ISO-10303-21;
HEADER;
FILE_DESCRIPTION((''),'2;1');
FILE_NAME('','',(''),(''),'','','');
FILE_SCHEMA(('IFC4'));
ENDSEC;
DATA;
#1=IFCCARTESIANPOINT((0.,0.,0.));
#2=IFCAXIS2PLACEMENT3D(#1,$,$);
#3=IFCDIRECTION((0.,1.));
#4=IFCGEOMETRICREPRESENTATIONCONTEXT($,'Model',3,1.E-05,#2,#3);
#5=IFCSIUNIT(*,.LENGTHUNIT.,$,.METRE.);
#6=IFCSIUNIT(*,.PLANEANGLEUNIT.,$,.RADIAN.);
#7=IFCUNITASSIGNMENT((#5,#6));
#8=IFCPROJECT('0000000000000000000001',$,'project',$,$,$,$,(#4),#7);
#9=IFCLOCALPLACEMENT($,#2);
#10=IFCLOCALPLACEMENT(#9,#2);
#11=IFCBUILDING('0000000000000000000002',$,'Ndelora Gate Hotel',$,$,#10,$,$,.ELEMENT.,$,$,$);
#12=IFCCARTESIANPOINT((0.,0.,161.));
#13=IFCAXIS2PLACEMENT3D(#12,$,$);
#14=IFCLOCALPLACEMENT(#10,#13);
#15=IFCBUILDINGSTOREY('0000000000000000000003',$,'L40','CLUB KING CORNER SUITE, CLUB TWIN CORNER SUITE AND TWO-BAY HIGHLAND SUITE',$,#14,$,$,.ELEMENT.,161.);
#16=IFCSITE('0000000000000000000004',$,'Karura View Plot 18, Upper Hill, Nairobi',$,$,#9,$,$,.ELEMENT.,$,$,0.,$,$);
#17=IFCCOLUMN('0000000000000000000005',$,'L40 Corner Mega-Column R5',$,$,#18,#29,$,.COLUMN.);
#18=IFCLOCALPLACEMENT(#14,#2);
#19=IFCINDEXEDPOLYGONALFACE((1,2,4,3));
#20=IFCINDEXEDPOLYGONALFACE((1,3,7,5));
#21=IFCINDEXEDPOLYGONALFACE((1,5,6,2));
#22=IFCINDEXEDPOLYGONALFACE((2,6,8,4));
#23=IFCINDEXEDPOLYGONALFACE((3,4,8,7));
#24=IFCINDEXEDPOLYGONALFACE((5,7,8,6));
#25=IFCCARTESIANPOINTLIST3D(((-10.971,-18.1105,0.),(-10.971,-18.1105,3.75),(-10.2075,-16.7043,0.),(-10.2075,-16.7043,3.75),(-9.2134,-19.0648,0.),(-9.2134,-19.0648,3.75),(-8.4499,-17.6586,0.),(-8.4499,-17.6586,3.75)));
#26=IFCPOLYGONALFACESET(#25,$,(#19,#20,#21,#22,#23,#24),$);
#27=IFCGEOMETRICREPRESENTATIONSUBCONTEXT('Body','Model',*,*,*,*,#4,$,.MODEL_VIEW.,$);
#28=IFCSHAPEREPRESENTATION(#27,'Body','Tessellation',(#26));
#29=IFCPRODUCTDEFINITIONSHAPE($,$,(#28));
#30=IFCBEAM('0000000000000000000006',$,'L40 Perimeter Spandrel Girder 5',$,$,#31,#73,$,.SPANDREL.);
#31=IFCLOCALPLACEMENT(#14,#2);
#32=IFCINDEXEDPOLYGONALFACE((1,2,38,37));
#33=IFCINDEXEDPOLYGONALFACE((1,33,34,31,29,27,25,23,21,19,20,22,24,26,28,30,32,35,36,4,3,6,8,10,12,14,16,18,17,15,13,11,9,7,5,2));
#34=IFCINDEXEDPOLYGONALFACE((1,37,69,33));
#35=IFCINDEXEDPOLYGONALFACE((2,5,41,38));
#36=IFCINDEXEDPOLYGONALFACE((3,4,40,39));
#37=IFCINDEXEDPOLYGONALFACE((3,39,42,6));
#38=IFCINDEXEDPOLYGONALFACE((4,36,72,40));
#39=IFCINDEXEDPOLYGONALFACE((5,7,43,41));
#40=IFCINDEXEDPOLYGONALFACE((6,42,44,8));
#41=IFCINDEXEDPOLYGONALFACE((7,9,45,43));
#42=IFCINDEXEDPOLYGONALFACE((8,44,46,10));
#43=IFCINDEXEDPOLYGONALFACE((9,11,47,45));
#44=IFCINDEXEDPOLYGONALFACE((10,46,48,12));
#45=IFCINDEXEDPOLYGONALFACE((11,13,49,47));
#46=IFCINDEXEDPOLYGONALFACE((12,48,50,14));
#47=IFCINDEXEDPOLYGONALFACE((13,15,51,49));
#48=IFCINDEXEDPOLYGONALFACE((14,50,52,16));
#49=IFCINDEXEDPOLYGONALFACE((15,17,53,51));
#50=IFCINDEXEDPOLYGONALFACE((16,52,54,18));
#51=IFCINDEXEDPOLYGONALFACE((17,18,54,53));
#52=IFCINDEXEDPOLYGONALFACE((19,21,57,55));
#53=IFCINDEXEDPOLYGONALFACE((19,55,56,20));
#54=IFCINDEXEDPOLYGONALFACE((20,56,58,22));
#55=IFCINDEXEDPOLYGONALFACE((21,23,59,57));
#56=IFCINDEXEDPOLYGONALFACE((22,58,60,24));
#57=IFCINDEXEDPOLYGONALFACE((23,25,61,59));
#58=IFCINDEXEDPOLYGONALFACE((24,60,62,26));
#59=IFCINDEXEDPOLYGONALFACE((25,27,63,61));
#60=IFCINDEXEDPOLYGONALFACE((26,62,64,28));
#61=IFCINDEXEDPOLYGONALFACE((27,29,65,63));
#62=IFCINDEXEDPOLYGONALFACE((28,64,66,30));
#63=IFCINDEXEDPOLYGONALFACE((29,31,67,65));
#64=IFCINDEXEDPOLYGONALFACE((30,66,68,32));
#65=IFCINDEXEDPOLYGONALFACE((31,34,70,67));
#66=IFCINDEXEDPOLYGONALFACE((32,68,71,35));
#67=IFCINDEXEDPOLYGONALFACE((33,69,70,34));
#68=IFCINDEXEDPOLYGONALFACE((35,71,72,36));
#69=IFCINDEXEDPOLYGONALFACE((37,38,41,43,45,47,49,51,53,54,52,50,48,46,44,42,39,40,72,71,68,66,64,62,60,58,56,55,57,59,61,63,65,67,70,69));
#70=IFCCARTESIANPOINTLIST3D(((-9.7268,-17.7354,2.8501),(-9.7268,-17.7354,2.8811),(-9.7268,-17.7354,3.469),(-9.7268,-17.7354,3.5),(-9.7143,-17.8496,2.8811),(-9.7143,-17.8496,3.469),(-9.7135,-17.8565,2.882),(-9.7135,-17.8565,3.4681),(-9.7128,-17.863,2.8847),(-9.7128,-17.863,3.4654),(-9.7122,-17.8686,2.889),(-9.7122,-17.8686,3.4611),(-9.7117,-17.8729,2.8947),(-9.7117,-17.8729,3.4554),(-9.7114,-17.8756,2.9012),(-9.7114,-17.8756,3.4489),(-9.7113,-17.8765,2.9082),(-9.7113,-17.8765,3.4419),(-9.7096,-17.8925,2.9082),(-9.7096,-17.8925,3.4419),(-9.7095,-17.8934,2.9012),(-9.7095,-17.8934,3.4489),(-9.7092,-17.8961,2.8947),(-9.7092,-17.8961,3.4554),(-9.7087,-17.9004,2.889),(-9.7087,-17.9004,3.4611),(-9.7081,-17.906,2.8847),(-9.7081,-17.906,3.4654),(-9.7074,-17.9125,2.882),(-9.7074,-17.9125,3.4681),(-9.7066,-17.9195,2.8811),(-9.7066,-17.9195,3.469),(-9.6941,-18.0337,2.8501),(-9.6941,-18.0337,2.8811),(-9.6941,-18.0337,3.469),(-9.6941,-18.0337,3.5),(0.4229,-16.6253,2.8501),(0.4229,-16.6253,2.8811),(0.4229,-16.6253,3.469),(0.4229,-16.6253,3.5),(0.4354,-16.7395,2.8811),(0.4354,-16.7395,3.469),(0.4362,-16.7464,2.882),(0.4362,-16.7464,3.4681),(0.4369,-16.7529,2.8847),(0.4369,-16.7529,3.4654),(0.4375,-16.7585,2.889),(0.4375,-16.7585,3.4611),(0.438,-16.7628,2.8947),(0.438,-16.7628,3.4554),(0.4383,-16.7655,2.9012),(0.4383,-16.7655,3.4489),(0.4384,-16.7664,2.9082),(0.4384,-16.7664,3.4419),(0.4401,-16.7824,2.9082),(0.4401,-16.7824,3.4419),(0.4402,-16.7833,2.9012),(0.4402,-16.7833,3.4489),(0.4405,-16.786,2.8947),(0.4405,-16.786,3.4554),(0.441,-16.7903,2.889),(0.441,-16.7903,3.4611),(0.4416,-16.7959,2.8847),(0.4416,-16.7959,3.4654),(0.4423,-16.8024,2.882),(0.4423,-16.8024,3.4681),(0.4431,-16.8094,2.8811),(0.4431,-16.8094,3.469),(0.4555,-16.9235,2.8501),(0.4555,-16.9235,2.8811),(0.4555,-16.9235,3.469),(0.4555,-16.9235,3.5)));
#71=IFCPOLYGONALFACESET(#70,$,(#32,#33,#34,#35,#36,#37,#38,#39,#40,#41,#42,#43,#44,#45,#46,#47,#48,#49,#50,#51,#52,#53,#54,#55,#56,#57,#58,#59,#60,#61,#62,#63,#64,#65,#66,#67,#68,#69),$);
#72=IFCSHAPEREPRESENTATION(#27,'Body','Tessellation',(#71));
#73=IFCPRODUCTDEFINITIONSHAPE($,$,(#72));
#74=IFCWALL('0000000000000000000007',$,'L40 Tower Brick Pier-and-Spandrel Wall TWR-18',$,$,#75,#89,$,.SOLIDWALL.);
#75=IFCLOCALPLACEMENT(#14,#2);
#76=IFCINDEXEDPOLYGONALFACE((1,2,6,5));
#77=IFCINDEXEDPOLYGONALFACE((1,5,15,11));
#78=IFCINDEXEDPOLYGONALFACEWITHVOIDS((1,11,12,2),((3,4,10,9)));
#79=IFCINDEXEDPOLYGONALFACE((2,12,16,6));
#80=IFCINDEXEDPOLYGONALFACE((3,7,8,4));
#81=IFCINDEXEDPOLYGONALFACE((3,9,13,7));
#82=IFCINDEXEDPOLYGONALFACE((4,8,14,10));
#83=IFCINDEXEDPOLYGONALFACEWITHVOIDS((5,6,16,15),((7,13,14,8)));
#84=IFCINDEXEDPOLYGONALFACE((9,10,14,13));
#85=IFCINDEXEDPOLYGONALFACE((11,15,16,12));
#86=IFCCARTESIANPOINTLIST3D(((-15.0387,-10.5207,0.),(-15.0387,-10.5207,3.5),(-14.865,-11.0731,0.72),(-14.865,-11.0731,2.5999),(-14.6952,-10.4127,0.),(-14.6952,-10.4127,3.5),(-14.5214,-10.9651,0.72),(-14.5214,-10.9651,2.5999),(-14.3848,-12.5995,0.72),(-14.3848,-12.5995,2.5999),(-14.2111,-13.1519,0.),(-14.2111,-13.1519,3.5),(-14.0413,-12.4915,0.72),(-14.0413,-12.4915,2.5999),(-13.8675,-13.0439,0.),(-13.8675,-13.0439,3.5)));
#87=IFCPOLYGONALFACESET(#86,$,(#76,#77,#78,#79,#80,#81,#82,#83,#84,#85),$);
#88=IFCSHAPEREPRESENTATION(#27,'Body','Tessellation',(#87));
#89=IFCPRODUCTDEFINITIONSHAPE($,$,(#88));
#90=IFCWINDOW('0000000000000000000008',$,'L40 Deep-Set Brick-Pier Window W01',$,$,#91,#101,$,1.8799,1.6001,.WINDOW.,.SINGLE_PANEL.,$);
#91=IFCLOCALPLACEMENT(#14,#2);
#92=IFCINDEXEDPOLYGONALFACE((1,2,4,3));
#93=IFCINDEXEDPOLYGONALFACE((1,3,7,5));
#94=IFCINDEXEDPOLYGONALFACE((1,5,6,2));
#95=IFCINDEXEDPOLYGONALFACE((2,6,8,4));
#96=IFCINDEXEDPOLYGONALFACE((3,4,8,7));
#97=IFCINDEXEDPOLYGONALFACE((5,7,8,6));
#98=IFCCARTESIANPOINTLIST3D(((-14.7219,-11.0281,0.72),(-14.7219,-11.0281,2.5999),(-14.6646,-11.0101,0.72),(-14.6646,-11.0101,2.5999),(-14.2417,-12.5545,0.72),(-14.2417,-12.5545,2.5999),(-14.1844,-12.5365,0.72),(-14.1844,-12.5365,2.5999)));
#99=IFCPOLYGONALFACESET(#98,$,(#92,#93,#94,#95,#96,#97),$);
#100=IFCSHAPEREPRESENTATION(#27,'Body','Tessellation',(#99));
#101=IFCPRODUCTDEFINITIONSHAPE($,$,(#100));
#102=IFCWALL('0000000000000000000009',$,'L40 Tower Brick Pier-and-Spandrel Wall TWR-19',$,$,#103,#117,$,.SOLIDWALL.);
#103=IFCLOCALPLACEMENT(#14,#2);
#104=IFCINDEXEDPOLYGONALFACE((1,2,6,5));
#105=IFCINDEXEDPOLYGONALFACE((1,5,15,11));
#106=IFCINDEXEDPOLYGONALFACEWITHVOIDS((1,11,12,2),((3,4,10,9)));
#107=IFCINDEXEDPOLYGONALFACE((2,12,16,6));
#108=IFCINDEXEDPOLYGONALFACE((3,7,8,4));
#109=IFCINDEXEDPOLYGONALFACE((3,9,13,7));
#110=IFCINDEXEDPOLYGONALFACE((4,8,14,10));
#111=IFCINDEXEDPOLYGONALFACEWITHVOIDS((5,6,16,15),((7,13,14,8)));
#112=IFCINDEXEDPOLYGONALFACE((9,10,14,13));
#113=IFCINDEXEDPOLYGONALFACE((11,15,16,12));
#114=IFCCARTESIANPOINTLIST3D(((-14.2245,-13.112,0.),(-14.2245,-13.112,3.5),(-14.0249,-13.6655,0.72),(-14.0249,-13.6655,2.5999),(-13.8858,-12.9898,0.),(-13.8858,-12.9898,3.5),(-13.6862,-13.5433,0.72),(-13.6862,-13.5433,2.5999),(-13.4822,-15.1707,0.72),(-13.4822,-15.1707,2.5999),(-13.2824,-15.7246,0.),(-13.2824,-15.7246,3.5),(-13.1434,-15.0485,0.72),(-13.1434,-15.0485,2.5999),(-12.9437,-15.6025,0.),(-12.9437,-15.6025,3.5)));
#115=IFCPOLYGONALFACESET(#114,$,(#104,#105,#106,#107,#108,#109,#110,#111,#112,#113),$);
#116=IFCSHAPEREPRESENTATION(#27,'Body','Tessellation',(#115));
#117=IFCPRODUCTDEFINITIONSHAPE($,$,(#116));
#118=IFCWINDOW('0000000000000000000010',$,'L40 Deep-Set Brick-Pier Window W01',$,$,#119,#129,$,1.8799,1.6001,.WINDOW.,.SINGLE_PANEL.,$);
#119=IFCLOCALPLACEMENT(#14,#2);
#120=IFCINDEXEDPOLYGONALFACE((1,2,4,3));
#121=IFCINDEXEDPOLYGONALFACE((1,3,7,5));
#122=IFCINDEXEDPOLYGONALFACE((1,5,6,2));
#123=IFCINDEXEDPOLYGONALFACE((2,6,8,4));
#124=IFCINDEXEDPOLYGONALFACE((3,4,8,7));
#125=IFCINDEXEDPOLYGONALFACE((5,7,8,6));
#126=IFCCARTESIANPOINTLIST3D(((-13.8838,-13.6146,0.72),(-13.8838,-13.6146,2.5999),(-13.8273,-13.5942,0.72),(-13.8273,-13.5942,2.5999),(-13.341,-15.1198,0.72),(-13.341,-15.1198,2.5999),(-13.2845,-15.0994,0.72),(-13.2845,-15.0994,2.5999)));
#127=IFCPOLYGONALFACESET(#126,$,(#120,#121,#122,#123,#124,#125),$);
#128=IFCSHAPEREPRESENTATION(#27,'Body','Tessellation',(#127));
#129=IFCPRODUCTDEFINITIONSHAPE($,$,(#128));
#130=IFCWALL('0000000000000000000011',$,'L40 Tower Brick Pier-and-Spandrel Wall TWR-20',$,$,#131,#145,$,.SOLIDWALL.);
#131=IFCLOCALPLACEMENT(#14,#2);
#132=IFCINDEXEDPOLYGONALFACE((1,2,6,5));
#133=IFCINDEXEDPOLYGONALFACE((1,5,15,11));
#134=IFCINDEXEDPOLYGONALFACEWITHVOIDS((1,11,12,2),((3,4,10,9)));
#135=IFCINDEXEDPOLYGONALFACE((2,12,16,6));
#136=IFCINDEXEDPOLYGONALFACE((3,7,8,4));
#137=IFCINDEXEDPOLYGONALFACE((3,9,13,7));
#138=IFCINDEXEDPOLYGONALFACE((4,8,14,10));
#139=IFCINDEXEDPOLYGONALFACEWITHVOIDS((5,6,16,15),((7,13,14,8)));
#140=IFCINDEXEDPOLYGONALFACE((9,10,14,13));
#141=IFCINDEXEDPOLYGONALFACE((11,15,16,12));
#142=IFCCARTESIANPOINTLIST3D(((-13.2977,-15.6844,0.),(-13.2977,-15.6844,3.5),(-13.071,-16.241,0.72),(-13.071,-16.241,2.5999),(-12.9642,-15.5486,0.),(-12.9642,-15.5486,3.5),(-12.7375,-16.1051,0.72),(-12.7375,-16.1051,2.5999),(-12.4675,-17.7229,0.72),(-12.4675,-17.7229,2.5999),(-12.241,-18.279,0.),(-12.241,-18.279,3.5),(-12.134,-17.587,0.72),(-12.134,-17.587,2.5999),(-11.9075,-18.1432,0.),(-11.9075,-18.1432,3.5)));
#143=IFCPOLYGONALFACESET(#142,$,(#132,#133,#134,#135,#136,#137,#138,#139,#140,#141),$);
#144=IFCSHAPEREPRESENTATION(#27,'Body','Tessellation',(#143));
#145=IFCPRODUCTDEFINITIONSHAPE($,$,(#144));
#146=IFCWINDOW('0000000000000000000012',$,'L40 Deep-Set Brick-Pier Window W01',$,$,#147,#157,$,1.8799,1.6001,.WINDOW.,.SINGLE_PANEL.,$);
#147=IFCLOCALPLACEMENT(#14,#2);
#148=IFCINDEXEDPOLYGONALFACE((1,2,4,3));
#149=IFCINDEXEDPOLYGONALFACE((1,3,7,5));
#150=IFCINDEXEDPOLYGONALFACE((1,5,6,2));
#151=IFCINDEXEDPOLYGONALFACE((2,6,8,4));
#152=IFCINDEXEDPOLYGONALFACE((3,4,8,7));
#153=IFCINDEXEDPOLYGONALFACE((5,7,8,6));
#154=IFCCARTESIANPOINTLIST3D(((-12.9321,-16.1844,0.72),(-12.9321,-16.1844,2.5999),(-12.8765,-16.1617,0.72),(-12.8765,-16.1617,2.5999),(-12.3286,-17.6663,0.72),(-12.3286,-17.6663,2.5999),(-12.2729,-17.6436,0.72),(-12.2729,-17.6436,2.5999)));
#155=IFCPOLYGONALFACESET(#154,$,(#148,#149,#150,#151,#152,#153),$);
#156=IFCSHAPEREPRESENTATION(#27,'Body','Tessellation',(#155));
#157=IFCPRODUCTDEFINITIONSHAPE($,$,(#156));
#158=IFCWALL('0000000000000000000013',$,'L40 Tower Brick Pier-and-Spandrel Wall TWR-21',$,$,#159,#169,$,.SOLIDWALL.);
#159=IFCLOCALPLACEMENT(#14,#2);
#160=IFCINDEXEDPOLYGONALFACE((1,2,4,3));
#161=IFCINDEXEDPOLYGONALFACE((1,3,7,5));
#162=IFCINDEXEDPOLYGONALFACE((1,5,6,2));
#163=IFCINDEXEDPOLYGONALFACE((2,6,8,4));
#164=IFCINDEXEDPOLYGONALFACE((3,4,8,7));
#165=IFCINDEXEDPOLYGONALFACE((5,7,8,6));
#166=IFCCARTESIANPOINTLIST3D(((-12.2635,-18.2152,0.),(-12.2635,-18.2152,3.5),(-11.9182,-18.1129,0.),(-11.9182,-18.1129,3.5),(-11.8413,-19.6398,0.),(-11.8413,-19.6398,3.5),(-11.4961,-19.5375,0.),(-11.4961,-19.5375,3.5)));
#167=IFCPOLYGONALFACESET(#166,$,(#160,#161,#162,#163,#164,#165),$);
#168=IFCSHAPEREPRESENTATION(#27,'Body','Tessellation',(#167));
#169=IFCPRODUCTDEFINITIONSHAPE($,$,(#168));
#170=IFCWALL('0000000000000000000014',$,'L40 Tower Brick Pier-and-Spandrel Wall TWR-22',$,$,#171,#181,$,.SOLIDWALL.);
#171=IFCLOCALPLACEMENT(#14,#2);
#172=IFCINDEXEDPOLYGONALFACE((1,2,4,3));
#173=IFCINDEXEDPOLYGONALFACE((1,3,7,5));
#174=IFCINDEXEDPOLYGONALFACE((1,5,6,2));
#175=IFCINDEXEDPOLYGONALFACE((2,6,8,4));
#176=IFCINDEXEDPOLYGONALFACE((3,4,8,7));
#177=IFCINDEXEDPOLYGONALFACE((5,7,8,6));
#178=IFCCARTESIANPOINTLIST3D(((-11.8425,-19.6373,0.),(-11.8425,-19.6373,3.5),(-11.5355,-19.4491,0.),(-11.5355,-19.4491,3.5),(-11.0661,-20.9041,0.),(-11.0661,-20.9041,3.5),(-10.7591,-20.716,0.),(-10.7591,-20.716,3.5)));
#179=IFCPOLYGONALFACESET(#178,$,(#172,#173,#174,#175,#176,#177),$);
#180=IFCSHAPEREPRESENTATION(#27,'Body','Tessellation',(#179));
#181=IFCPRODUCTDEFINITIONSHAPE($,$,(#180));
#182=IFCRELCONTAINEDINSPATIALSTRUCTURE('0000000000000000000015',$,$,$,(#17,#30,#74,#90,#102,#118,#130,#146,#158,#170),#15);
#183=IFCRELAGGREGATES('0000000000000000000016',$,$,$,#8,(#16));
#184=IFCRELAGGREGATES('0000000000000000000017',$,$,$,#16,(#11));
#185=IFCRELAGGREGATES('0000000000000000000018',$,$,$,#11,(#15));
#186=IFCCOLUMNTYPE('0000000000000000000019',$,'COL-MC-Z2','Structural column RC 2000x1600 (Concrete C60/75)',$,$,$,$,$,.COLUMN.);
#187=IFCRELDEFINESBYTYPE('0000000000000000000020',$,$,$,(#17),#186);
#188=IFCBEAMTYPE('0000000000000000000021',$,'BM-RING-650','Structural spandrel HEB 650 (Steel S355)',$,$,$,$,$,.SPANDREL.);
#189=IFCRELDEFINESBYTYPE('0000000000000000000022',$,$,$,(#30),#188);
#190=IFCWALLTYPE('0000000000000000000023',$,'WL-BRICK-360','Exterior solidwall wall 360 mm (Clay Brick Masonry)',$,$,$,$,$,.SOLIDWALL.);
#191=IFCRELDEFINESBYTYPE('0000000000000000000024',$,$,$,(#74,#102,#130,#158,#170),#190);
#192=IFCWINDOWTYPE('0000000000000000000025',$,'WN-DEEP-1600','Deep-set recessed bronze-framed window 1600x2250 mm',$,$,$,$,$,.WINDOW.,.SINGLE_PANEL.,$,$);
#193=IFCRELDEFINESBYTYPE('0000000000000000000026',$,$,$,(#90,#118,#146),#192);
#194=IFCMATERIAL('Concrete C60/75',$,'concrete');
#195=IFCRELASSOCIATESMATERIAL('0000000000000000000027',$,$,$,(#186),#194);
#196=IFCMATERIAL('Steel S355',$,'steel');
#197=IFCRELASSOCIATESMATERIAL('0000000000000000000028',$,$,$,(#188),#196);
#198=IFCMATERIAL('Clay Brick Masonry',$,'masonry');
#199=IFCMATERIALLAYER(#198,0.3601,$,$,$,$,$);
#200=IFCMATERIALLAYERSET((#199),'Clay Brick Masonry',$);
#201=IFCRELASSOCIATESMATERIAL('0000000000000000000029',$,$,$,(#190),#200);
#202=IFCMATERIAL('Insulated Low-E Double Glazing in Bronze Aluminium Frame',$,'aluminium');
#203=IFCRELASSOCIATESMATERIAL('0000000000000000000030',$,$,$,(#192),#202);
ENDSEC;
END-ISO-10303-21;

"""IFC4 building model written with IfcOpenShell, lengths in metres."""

from ifc_helpers import new_model, si_unit, direction, frame, frame_2d, origin, origin_2d, place, context, subcontext, project, spatial, rectangle, i_section, extrude, material, layer, layer_set, material_profile, profile_set, type_object, element, fill, save


model = new_model("IFC4")

# Units and contexts
model_context = context("Model", 3, precision=1e-05, world=origin(), true_north=direction((0.0, 1.0)))
body_context = subcontext(model_context, "Body", "Model", "MODEL_VIEW")
ifc_project = project(units=[si_unit("LENGTHUNIT", "METRE"), si_unit("PLANEANGLEUNIT", "RADIAN")], contexts=[model_context])

# Site, building, storey
site_placement = place(None, origin())
site = spatial("IfcSite", under=ifc_project, at=site_placement, Name="Karura View Plot 18, Upper Hill, Nairobi", CompositionType="ELEMENT", RefElevation=0.0)
building_placement = place(site_placement, origin())
building = spatial("IfcBuilding", under=site, at=building_placement, Name="Ndelora Gate Hotel", CompositionType="ELEMENT")
storey_placement = place(building_placement, frame((0.0, 0.0, 161.0)))
storey = spatial("IfcBuildingStorey", under=building, at=storey_placement, Name="L40", Description="CLUB KING CORNER SUITE, CLUB TWIN CORNER SUITE AND TWO-BAY HIGHLAND SUITE", CompositionType="ELEMENT", Elevation=161.0)

# Column
ifc_material_1 = material(Name="Concrete C60/75", Category="concrete")
ifc_material_profile_1 = material_profile(ifc_material_1, rectangle(XDim=1.6001, YDim=2.0, at=origin_2d()), Name="RC 2000x1600")
ifc_profile_set_1 = profile_set([ifc_material_profile_1], Name="Concrete C60/75")
column_type = type_object("IfcColumnType", Name="COL-MC-Z2", Description="Structural column RC 2000x1600 (Concrete C60/75)", PredefinedType="COLUMN", material=ifc_profile_set_1)
column_placement = place(storey_placement, frame((-9.7104, -17.8845, 0.0), z_axis=(0.0, 0.0, 1.0), x_axis=(0.477159, 0.878817, 0.0)))
element("IfcColumn", 1, at=column_placement, inside=storey, type_object=column_type, Name="L40 Corner Mega-Column R5", PredefinedType="COLUMN", context=body_context, shape_type="SweptSolid", body=[
    extrude(rectangle(XDim=1.6001, YDim=2.0, at=origin_2d()), origin(), (0.0, 0.0, 1.0), 3.75),
])

# Beam
ifc_material_2 = material(Name="Steel S355", Category="steel")
ifc_material_profile_2 = material_profile(ifc_material_2, i_section(OverallWidth=0.3, OverallDepth=0.6499, WebThickness=0.0161, FlangeThickness=0.031, FilletRadius=0.0271, at=origin_2d()), Name="HEB 650")
ifc_profile_set_2 = profile_set([ifc_material_profile_2], Name="Steel S355")
beam_type = type_object("IfcBeamType", Name="BM-RING-650", Description="Structural spandrel HEB 650 (Steel S355)", PredefinedType="SPANDREL", material=ifc_profile_set_2)
beam_placement = place(storey_placement, frame((-9.7104, -17.8845, 3.175), z_axis=(0.994072, 0.108725, 0.0), x_axis=(-0.108725, 0.994072, 0.0)))
element("IfcBeam", 2, at=beam_placement, inside=storey, type_object=beam_type, Name="L40 Perimeter Spandrel Girder 5", PredefinedType="SPANDREL", context=body_context, shape_type="SweptSolid", body=[
    extrude(i_section(OverallWidth=0.3, OverallDepth=0.6499, WebThickness=0.0161, FlangeThickness=0.031, FilletRadius=0.0271, at=origin_2d()), origin(), (0.0, 0.0, 1.0), 10.2102),
])

# Walls, openings, windows
ifc_material_3 = material(Name="Clay Brick Masonry", Category="masonry")
ifc_layer_1 = layer(ifc_material_3, 0.3601)
ifc_layer_set_1 = layer_set([ifc_layer_1], Name="Clay Brick Masonry")
wall_type = type_object("IfcWallType", Name="WL-BRICK-360", Description="Exterior solidwall wall 360 mm (Clay Brick Masonry)", PredefinedType="SOLIDWALL", material=ifc_layer_set_1)
wall_1_placement = place(storey_placement, frame((-14.0393, -13.0979, 0.0), z_axis=(0.0, 0.0, 1.0), x_axis=(-0.300064, 0.953919, 0.0)))
wall_1 = element("IfcWall", 3, at=wall_1_placement, inside=storey, type_object=wall_type, Name="L40 Tower Brick Pier-and-Spandrel Wall TWR-18", PredefinedType="SOLIDWALL", context=body_context, shape_type="SweptSolid", body=[
    extrude(rectangle(XDim=2.7583, YDim=0.3601, at=frame_2d((1.3792, 0.0))), origin(), (0.0, 0.0, 1.0), 3.5),
])
opening_1_placement = place(wall_1_placement, frame((0.5791, 0.0, 0.72)))
opening_1 = element("IfcOpeningElement", 4, at=opening_1_placement, cuts=wall_1, PredefinedType="OPENING", context=body_context, shape_type="SweptSolid", body=[
    extrude(rectangle(XDim=1.6001, YDim=1.8799, at=frame_2d((0.8, 0.9399))), frame((0.0, 0.1899, 0.0), z_axis=(0.0, -1.0, 0.0), x_axis=(1.0, 0.0, 0.0)), (0.0, 0.0, 1.0), 0.3801),
])
ifc_material_4 = material(Name="Insulated Low-E Double Glazing in Bronze Aluminium Frame", Category="aluminium")
window_type_1 = type_object("IfcWindowType", Name="WN-DEEP-1600", Description="Deep-set recessed bronze-framed window 1600x2250 mm", PartitioningType="SINGLE_PANEL", PredefinedType="WINDOW", material=ifc_material_4)
window_1_placement = place(opening_1_placement, origin())
window_1 = element("IfcWindow", 5, at=window_1_placement, inside=storey, type_object=window_type_1, Name="L40 Deep-Set Brick-Pier Window W01", OverallHeight=1.8799, OverallWidth=1.6001, PartitioningType="SINGLE_PANEL", PredefinedType="WINDOW", context=body_context, shape_type="SweptSolid", body=[
    extrude(rectangle(XDim=1.6001, YDim=1.8799, at=frame_2d((0.8, 0.9399))), frame((0.0, 0.03, 0.0), z_axis=(0.0, -1.0, 0.0), x_axis=(1.0, 0.0, 0.0)), (0.0, 0.0, 1.0), 0.0601),
])
fill(opening_1, window_1)
wall_2_placement = place(storey_placement, frame((-13.113, -15.6636, 0.0), z_axis=(0.0, 0.0, 1.0), x_axis=(-0.339208, 0.940711, 0.0)))
wall_2 = element("IfcWall", 6, at=wall_2_placement, inside=storey, type_object=wall_type, Name="L40 Tower Brick Pier-and-Spandrel Wall TWR-19", PredefinedType="SOLIDWALL", context=body_context, shape_type="SweptSolid", body=[
    extrude(rectangle(XDim=2.7773, YDim=0.3601, at=frame_2d((1.3887, 0.0))), origin(), (0.0, 0.0, 1.0), 3.5),
])
opening_2_placement = place(wall_2_placement, frame((0.5889, 0.0, 0.72)))
opening_2 = element("IfcOpeningElement", 7, at=opening_2_placement, cuts=wall_2, PredefinedType="OPENING", context=body_context, shape_type="SweptSolid", body=[
    extrude(rectangle(XDim=1.6001, YDim=1.8799, at=frame_2d((0.8, 0.9399))), frame((0.0, 0.1899, 0.0), z_axis=(0.0, -1.0, 0.0), x_axis=(1.0, 0.0, 0.0)), (0.0, 0.0, 1.0), 0.3801),
])
window_2_placement = place(opening_2_placement, origin())
window_2 = element("IfcWindow", 8, at=window_2_placement, inside=storey, type_object=window_type_1, Name="L40 Deep-Set Brick-Pier Window W01", OverallHeight=1.8799, OverallWidth=1.6001, PartitioningType="SINGLE_PANEL", PredefinedType="WINDOW", context=body_context, shape_type="SweptSolid", body=[
    extrude(rectangle(XDim=1.6001, YDim=1.8799, at=frame_2d((0.8, 0.9399))), frame((0.0, 0.03, 0.0), z_axis=(0.0, -1.0, 0.0), x_axis=(1.0, 0.0, 0.0)), (0.0, 0.0, 1.0), 0.0601),
])
fill(opening_2, window_2)
wall_3_placement = place(storey_placement, frame((-12.0742, -18.2112, 0.0), z_axis=(0.0, 0.0, 1.0), x_axis=(-0.377183, 0.926139, 0.0)))
wall_3 = element("IfcWall", 9, at=wall_3_placement, inside=storey, type_object=wall_type, Name="L40 Tower Brick Pier-and-Spandrel Wall TWR-20", PredefinedType="SOLIDWALL", context=body_context, shape_type="SweptSolid", body=[
    extrude(rectangle(XDim=2.8015, YDim=0.3601, at=frame_2d((1.4009, 0.0))), origin(), (0.0, 0.0, 1.0), 3.5),
])
opening_3_placement = place(wall_3_placement, frame((0.6006, 0.0, 0.72)))
opening_3 = element("IfcOpeningElement", 10, at=opening_3_placement, cuts=wall_3, PredefinedType="OPENING", context=body_context, shape_type="SweptSolid", body=[
    extrude(rectangle(XDim=1.6001, YDim=1.8799, at=frame_2d((0.8, 0.9399))), frame((0.0, 0.1899, 0.0), z_axis=(0.0, -1.0, 0.0), x_axis=(1.0, 0.0, 0.0)), (0.0, 0.0, 1.0), 0.3801),
])
window_3_placement = place(opening_3_placement, origin())
window_3 = element("IfcWindow", 11, at=window_3_placement, inside=storey, type_object=window_type_1, Name="L40 Deep-Set Brick-Pier Window W01", OverallHeight=1.8799, OverallWidth=1.6001, PartitioningType="SINGLE_PANEL", PredefinedType="WINDOW", context=body_context, shape_type="SweptSolid", body=[
    extrude(rectangle(XDim=1.6001, YDim=1.8799, at=frame_2d((0.8, 0.9399))), frame((0.0, 0.03, 0.0), z_axis=(0.0, -1.0, 0.0), x_axis=(1.0, 0.0, 0.0)), (0.0, 0.0, 1.0), 0.0601),
])
fill(opening_3, window_3)

# Walls
for number, where, z_axis, x_axis, name in (
    (12, (-11.6687, -19.5886, 0.0), (0.0, 0.0, 1.0), (-0.284105, 0.958793, 0.0), "L40 Tower Brick Pier-and-Spandrel Wall TWR-21"),
    (13, (-10.9126, -20.8101, 0.0), (0.0, 0.0, 1.0), (-0.52252, 0.852627, 0.0), "L40 Tower Brick Pier-and-Spandrel Wall TWR-22"),
):
    element("IfcWall", number, at=place(storey_placement, frame(where, z_axis=z_axis, x_axis=x_axis)), inside=storey, type_object=wall_type, Name=name, PredefinedType="SOLIDWALL", context=body_context, shape_type="SweptSolid", body=[
        extrude(rectangle(XDim=1.4858, YDim=0.3601, at=frame_2d((0.7429, 0.0))), origin(), (0.0, 0.0, 1.0), 3.5),
    ])

save(model, "model.ifc")
